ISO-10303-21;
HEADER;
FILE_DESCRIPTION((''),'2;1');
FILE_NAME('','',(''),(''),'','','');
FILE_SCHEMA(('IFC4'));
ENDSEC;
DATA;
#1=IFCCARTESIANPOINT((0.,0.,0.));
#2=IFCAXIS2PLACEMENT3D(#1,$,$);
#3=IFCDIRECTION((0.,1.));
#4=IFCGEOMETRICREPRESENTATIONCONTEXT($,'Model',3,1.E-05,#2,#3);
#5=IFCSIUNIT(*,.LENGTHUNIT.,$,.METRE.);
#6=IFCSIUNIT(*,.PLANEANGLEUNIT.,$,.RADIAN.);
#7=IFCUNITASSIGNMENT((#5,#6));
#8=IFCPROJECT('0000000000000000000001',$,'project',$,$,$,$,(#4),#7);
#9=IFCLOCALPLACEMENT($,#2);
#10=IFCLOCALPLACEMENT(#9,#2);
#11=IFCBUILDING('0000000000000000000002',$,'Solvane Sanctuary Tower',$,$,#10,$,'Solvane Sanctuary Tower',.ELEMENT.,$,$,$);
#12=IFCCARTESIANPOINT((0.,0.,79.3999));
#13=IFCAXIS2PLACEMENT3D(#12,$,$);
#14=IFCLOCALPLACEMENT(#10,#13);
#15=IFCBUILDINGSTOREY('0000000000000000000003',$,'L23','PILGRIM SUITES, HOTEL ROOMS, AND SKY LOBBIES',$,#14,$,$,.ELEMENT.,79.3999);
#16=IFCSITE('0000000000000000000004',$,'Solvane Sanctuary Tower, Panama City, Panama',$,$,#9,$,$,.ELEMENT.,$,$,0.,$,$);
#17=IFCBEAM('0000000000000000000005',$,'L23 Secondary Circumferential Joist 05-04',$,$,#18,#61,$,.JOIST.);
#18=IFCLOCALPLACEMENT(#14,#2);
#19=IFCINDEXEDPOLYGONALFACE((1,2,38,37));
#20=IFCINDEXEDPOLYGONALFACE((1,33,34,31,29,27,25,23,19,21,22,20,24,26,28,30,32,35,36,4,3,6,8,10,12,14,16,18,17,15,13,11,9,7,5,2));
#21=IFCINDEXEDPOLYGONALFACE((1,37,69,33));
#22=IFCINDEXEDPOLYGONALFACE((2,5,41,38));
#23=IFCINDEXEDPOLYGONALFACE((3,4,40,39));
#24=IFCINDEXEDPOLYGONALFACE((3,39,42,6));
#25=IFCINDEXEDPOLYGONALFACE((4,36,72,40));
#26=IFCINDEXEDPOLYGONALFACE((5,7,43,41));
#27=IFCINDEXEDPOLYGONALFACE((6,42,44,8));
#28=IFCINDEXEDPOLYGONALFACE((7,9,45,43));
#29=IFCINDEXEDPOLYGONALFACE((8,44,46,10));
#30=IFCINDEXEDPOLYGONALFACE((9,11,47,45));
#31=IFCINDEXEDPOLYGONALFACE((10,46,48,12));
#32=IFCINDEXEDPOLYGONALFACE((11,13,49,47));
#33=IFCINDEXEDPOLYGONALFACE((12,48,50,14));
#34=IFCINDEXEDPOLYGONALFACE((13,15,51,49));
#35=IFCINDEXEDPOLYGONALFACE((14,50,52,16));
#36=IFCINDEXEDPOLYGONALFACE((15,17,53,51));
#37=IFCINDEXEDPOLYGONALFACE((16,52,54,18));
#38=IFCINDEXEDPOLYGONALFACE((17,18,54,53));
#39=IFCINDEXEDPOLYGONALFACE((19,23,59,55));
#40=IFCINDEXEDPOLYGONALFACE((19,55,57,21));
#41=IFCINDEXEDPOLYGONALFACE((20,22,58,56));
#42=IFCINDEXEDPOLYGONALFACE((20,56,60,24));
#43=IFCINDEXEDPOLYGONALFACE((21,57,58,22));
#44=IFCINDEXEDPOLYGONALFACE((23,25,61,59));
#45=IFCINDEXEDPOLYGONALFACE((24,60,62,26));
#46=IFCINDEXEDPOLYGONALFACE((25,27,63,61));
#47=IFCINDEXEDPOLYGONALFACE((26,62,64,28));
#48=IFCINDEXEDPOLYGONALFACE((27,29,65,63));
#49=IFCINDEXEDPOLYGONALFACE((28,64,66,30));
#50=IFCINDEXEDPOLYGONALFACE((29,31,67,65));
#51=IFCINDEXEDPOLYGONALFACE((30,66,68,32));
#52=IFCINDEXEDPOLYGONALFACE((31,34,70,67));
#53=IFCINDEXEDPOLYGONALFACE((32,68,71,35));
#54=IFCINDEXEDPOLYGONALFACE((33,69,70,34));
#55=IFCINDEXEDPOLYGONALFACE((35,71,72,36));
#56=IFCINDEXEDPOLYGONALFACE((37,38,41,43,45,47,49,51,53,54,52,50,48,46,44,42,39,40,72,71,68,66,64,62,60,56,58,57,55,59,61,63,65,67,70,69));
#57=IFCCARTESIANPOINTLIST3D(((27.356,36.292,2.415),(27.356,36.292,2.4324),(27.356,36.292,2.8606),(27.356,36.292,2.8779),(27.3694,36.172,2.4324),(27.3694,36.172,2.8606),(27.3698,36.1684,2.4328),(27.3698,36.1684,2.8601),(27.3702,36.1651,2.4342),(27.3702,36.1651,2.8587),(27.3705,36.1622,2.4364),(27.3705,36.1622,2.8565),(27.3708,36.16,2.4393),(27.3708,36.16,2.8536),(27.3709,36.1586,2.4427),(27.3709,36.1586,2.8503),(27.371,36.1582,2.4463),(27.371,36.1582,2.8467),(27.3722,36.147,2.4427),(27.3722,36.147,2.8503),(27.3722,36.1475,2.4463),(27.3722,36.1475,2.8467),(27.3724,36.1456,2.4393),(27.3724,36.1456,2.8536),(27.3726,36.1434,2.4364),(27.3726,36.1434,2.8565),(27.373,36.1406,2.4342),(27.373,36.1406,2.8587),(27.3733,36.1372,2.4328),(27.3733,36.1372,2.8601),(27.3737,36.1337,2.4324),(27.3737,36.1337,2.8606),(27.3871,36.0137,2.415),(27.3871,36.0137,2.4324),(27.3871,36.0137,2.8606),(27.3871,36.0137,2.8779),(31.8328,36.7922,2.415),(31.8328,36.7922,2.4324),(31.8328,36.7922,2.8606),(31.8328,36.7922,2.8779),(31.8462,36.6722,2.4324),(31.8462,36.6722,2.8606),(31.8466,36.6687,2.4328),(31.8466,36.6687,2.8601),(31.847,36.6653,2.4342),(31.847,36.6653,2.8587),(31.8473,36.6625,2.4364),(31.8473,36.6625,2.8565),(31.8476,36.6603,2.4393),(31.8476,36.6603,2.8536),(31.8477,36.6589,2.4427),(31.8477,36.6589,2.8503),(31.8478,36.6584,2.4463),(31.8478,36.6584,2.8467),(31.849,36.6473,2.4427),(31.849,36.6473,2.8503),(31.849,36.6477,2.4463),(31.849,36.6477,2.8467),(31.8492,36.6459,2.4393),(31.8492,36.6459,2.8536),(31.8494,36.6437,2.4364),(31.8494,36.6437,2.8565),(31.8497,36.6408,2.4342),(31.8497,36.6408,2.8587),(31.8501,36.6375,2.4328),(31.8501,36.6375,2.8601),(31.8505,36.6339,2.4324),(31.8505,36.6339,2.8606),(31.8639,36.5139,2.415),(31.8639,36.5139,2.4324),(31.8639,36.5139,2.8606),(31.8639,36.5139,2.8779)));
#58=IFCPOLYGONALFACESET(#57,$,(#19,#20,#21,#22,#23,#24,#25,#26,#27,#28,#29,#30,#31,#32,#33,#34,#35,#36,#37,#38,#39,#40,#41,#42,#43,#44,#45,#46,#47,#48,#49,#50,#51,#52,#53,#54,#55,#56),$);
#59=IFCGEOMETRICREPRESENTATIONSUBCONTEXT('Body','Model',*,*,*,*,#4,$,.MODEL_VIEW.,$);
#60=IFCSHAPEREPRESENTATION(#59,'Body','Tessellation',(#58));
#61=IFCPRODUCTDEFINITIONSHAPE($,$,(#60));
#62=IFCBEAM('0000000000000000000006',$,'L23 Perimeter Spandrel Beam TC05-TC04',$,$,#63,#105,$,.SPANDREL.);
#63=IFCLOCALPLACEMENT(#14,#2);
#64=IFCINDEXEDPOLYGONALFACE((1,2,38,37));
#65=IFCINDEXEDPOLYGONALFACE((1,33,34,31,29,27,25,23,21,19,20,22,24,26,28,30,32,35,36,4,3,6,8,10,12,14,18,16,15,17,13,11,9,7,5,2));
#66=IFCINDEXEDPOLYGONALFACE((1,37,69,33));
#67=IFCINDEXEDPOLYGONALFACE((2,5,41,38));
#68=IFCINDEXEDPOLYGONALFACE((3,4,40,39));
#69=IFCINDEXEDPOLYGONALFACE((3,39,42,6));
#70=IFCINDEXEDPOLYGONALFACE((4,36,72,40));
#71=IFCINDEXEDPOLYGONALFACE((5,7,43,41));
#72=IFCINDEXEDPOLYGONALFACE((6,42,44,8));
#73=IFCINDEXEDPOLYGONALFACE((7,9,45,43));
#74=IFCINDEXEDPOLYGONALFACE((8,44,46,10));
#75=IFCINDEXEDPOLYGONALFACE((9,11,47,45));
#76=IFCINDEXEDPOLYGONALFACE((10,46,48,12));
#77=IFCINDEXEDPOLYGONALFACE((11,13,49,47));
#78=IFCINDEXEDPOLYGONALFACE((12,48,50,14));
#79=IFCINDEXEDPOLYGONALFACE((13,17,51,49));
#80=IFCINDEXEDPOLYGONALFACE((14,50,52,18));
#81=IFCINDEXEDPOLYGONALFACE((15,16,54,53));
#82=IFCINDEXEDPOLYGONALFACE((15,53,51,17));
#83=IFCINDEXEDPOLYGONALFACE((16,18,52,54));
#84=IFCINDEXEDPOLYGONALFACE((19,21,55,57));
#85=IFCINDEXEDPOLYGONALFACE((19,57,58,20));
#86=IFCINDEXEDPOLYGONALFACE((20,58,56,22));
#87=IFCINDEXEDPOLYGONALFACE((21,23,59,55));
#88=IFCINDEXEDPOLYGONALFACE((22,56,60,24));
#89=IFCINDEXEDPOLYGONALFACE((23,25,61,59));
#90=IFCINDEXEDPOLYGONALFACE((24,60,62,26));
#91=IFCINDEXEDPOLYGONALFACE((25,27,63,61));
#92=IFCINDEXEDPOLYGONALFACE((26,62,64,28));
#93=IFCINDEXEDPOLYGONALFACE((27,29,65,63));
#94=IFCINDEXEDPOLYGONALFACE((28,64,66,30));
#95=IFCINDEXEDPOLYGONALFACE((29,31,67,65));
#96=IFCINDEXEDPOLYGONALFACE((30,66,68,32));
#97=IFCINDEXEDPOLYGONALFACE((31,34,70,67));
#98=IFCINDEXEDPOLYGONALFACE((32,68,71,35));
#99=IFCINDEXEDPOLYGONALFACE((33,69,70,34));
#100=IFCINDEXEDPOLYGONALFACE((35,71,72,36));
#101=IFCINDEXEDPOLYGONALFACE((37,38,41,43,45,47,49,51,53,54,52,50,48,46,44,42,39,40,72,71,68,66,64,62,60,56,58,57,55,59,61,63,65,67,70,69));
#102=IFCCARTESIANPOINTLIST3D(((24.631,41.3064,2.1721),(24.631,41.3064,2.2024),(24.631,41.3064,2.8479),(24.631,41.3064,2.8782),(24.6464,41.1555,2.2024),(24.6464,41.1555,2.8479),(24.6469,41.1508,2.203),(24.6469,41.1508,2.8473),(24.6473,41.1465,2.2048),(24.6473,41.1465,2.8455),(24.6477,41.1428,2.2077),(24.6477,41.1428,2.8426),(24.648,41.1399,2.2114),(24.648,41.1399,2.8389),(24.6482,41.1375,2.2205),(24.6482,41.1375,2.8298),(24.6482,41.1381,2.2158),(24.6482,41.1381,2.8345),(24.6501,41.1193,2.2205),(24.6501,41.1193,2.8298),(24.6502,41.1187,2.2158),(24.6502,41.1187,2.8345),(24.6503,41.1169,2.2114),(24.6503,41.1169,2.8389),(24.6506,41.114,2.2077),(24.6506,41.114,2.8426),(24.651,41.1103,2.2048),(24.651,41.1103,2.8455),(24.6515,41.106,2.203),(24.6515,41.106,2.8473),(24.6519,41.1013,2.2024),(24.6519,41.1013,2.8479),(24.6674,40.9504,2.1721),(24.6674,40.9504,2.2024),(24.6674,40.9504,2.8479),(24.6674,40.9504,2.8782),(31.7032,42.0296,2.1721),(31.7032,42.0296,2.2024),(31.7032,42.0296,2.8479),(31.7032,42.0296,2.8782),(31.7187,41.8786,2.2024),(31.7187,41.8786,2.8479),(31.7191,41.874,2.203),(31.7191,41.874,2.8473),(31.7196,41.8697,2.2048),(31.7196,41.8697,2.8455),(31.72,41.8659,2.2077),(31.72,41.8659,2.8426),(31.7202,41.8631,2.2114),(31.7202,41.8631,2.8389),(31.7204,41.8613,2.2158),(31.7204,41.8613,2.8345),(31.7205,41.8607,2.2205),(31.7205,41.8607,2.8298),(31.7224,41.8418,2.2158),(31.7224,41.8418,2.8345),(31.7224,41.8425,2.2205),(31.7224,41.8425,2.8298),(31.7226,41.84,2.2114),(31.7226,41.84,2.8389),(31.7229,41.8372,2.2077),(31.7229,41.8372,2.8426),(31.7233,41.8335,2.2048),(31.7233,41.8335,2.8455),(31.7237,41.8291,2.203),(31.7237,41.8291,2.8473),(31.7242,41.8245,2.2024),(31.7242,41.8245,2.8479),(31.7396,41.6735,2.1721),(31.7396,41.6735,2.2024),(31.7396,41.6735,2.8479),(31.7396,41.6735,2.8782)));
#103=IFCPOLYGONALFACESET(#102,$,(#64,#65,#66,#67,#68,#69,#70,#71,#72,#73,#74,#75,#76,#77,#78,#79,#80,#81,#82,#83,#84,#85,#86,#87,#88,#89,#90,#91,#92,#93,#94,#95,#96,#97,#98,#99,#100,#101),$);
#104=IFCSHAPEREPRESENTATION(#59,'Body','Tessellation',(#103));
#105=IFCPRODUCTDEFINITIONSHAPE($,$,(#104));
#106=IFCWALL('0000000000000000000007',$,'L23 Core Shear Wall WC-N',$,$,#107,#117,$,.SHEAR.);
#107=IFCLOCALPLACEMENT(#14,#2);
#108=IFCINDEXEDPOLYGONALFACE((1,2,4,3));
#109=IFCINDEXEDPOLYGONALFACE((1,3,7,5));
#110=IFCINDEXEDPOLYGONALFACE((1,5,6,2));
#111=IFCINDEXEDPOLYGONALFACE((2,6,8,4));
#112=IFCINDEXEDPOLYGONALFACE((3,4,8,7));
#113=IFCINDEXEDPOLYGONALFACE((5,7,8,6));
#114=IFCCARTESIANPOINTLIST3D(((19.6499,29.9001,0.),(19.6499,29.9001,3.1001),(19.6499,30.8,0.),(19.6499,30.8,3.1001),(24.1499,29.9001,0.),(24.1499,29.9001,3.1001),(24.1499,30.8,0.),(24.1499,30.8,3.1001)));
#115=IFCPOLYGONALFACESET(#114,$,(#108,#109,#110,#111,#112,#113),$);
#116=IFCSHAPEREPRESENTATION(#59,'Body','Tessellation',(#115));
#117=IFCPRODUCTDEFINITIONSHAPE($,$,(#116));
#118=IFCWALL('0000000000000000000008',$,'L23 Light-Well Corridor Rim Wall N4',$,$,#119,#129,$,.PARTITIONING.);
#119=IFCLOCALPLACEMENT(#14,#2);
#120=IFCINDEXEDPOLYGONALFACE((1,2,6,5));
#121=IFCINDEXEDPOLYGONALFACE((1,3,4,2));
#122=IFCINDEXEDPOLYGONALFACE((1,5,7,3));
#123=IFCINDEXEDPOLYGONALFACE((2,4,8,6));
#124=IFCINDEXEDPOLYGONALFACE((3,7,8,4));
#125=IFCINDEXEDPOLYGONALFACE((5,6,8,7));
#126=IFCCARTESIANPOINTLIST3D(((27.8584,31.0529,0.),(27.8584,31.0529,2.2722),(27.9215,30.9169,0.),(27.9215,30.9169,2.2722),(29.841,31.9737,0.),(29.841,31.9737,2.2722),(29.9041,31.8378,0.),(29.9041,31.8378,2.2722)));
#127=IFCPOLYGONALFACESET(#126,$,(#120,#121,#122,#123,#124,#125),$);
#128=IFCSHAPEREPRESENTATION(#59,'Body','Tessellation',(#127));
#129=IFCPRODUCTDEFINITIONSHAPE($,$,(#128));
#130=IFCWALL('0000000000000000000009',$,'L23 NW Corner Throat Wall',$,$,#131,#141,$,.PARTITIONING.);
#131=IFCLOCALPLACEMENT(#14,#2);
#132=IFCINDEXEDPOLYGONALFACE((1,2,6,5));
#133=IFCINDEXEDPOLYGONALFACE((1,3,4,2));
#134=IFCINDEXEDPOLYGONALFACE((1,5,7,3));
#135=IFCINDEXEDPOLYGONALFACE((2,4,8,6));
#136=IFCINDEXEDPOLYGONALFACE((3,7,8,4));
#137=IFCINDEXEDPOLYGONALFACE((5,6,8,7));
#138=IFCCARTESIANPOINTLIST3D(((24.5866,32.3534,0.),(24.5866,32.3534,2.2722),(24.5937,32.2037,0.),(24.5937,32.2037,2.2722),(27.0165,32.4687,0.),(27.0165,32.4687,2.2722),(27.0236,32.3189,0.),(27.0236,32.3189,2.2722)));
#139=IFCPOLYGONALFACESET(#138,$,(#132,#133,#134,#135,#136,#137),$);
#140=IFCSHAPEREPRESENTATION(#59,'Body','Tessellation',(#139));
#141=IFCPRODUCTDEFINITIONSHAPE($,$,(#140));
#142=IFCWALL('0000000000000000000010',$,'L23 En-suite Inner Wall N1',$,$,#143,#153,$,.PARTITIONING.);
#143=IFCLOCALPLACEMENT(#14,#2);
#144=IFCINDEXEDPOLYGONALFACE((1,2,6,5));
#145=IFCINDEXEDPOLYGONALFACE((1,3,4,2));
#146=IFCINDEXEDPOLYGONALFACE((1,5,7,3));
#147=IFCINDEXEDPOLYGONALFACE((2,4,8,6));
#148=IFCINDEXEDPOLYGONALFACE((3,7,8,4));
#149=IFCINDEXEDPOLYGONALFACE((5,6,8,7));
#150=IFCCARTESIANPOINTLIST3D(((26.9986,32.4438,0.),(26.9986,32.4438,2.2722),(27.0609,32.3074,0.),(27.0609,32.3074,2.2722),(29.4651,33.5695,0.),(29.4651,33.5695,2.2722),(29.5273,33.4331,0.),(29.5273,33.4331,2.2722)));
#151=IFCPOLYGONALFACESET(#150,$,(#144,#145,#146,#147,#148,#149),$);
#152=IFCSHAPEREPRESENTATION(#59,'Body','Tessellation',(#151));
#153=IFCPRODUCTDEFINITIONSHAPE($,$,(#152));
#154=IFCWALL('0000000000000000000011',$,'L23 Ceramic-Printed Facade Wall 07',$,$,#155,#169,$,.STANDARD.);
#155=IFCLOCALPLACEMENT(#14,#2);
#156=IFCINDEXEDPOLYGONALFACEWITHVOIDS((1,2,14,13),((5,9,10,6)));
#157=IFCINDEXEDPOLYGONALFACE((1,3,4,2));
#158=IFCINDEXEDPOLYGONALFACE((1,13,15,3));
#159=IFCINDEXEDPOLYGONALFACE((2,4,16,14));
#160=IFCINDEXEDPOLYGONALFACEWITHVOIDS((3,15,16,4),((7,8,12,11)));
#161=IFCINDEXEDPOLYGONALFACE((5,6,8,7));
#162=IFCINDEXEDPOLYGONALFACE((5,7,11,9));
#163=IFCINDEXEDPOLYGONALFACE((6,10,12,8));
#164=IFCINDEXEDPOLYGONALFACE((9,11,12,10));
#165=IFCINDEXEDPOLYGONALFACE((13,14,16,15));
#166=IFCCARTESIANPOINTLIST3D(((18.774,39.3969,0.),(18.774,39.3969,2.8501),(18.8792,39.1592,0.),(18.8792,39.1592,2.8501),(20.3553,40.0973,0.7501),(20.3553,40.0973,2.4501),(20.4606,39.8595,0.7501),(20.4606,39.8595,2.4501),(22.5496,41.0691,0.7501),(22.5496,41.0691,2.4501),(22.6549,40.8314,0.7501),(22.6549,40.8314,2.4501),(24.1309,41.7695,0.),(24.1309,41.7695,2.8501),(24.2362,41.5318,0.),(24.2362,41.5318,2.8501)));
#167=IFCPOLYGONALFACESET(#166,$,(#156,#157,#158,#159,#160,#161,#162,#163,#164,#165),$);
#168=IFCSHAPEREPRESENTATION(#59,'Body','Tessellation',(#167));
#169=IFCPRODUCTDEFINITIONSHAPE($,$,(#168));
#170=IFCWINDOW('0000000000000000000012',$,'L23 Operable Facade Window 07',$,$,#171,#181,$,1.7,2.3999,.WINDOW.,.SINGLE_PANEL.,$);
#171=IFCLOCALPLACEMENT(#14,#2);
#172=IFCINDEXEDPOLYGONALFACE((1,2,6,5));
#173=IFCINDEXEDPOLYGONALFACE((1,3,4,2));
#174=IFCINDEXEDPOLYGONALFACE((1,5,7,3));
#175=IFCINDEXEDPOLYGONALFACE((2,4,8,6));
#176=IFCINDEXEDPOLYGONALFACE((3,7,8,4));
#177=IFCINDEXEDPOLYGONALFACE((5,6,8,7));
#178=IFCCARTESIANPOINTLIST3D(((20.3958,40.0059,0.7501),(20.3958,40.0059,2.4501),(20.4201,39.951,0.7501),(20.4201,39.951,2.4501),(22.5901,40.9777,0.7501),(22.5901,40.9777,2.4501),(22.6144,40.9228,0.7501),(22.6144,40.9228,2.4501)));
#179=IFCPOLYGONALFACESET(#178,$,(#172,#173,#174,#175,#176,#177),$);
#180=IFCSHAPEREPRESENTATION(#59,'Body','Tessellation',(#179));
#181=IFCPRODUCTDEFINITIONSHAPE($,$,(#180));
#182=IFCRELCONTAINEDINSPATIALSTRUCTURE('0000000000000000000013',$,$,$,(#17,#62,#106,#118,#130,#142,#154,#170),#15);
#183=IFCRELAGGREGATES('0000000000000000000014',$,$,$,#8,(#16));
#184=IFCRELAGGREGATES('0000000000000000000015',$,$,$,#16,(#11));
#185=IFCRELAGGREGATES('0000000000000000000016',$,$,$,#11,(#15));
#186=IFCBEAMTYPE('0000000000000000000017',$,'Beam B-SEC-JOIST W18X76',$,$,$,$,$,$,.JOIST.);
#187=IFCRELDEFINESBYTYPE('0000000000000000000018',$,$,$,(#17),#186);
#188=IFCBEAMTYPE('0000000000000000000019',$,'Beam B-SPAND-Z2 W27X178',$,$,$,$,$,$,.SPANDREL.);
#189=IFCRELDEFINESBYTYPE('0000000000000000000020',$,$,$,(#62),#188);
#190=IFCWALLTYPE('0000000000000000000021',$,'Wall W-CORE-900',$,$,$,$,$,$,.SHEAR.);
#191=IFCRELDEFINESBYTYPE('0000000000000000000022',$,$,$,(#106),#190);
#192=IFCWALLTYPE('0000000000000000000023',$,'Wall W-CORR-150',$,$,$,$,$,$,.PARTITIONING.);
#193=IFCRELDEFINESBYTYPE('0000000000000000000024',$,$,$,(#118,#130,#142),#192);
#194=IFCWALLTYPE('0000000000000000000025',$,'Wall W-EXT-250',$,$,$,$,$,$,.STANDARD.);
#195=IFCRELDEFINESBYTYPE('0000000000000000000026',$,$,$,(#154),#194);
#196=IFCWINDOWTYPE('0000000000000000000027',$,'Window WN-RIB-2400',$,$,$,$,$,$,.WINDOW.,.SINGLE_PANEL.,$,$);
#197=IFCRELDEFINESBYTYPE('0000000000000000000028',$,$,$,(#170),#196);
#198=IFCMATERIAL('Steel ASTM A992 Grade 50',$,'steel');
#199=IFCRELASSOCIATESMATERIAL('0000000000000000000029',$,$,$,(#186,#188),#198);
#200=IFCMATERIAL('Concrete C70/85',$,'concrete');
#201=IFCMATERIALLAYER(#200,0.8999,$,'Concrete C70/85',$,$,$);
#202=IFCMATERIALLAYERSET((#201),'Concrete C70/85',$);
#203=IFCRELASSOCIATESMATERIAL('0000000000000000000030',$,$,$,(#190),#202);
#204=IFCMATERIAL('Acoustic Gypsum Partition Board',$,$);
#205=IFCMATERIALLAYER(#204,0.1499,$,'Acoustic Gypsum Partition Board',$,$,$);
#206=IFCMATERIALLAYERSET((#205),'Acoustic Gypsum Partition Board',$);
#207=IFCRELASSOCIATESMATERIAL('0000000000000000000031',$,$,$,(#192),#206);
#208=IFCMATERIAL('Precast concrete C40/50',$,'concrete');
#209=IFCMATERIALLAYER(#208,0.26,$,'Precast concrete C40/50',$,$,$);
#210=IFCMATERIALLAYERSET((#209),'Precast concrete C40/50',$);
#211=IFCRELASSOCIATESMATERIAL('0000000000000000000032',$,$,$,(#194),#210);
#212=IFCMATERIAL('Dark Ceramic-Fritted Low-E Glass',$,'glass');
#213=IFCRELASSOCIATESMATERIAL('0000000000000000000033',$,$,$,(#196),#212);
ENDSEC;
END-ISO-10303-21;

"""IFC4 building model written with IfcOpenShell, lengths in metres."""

from ifc_helpers import new_model, si_unit, direction, frame, frame_2d, origin, origin_2d, place, context, subcontext, project, spatial, rectangle, i_section, extrude, material, layer, layer_set, material_profile, profile_set, type_object, element, fill, save


model = new_model("IFC4")

# Units and contexts
model_context = context("Model", 3, precision=1e-05, world=origin(), true_north=direction((0.0, 1.0)))
body_context = subcontext(model_context, "Body", "Model", "MODEL_VIEW")
ifc_project = project(units=[si_unit("LENGTHUNIT", "METRE"), si_unit("PLANEANGLEUNIT", "RADIAN")], contexts=[model_context])

# Site, building, storey
site_placement = place(None, origin())
site = spatial("IfcSite", under=ifc_project, at=site_placement, Name="Solvane Sanctuary Tower, Panama City, Panama", CompositionType="ELEMENT", RefElevation=0.0)
building_placement = place(site_placement, origin())
building = spatial("IfcBuilding", under=site, at=building_placement, Name="Solvane Sanctuary Tower", LongName="Solvane Sanctuary Tower", CompositionType="ELEMENT")
storey_placement = place(building_placement, frame((0.0, 0.0, 79.3999)))
storey = spatial("IfcBuildingStorey", under=building, at=storey_placement, Name="L23", Description="PILGRIM SUITES, HOTEL ROOMS, AND SKY LOBBIES", CompositionType="ELEMENT", Elevation=79.3999)

# Shared definitions
ifc_material_1 = material(Name="Concrete C70/85", Category="concrete")

# Beams
ifc_material_2 = material(Name="Steel ASTM A992 Grade 50", Category="steel")
ifc_material_profile_1 = material_profile(ifc_material_2, i_section(OverallWidth=0.28, OverallDepth=0.4629, WebThickness=0.0107, FlangeThickness=0.0173, FilletRadius=0.0139, at=origin_2d()), Name="W18X76")
ifc_profile_set_1 = profile_set([ifc_material_profile_1], Name="Steel ASTM A992 Grade 50")
beam_type_1 = type_object("IfcBeamType", Name="Beam B-SEC-JOIST W18X76", PredefinedType="JOIST", material=ifc_profile_set_1)
beam_1_placement = place(storey_placement, frame((27.3716, 36.1528, 2.6465), z_axis=(0.993815, 0.11105, 0.0), x_axis=(-0.11105, 0.993815, 0.0)))
element("IfcBeam", 1, at=beam_1_placement, inside=storey, type_object=beam_type_1, Name="L23 Secondary Circumferential Joist 05-04", PredefinedType="JOIST", context=body_context, shape_type="SweptSolid", body=[
    extrude(i_section(OverallWidth=0.28, OverallDepth=0.4629, WebThickness=0.0107, FlangeThickness=0.0173, FilletRadius=0.0139, at=origin_2d()), origin(), (0.0, 0.0, 1.0), 4.5046),
])
ifc_material_profile_2 = material_profile(ifc_material_2, i_section(OverallWidth=0.3579, OverallDepth=0.7061, WebThickness=0.0183, FlangeThickness=0.0303, FilletRadius=0.0181, at=origin_2d()), Name="W27X178")
ifc_profile_set_2 = profile_set([ifc_material_profile_2], Name="Steel ASTM A992 Grade 50")
beam_type_2 = type_object("IfcBeamType", Name="Beam B-SPAND-Z2 W27X178", PredefinedType="SPANDREL", material=ifc_profile_set_2)
beam_2_placement = place(storey_placement, frame((24.6492, 41.1284, 2.5251), z_axis=(0.994813, 0.10172, 0.0), x_axis=(-0.10172, 0.994813, 0.0)))
element("IfcBeam", 2, at=beam_2_placement, inside=storey, type_object=beam_type_2, Name="L23 Perimeter Spandrel Beam TC05-TC04", PredefinedType="SPANDREL", context=body_context, shape_type="SweptSolid", body=[
    extrude(i_section(OverallWidth=0.3579, OverallDepth=0.7061, WebThickness=0.0183, FlangeThickness=0.0303, FilletRadius=0.0181, at=origin_2d()), origin(), (0.0, 0.0, 1.0), 7.1091),
])

# Walls
ifc_layer_1 = layer(ifc_material_1, 0.8999, Name="Concrete C70/85")
ifc_layer_set_1 = layer_set([ifc_layer_1], Name="Concrete C70/85")
wall_type_1 = type_object("IfcWallType", Name="Wall W-CORE-900", PredefinedType="SHEAR", material=ifc_layer_set_1)
wall_1_placement = place(storey_placement, frame((19.6499, 30.3501, 0.0), z_axis=(0.0, 0.0, 1.0), x_axis=(1.0, 0.0, 0.0)))
element("IfcWall", 3, at=wall_1_placement, inside=storey, type_object=wall_type_1, Name="L23 Core Shear Wall WC-N", PredefinedType="SHEAR", context=body_context, shape_type="SweptSolid", body=[
    extrude(rectangle(XDim=4.5, YDim=0.8999, at=frame_2d((2.25, 0.0))), origin(), (0.0, 0.0, 1.0), 3.1001),
])
ifc_material_3 = material(Name="Acoustic Gypsum Partition Board")
ifc_layer_2 = layer(ifc_material_3, 0.1499, Name="Acoustic Gypsum Partition Board")
ifc_layer_set_2 = layer_set([ifc_layer_2], Name="Acoustic Gypsum Partition Board")
wall_type_2 = type_object("IfcWallType", Name="Wall W-CORR-150", PredefinedType="PARTITIONING", material=ifc_layer_set_2)
wall_2_placement = place(storey_placement, frame((29.8726, 31.9058, 0.0), z_axis=(0.0, 0.0, 1.0), x_axis=(-0.906943, -0.421252, 0.0)))
element("IfcWall", 4, at=wall_2_placement, inside=storey, type_object=wall_type_2, Name="L23 Light-Well Corridor Rim Wall N4", PredefinedType="PARTITIONING", context=body_context, shape_type="SweptSolid", body=[
    extrude(rectangle(XDim=2.186, YDim=0.1499, at=frame_2d((1.093, 0.0))), origin(), (0.0, 0.0, 1.0), 2.2722),
])
wall_3_placement = place(storey_placement, frame((27.02, 32.3938, 0.0), z_axis=(0.0, 0.0, 1.0), x_axis=(-0.998877, -0.04737, 0.0)))
element("IfcWall", 5, at=wall_3_placement, inside=storey, type_object=wall_type_2, Name="L23 NW Corner Throat Wall", PredefinedType="PARTITIONING", context=body_context, shape_type="SweptSolid", body=[
    extrude(rectangle(XDim=2.4326, YDim=0.1499, at=frame_2d((1.2163, 0.0))), origin(), (0.0, 0.0, 1.0), 2.2722),
])
wall_4_placement = place(storey_placement, frame((29.4961, 33.5012, 0.0), z_axis=(0.0, 0.0, 1.0), x_axis=(-0.90973, -0.4152, 0.0)))
element("IfcWall", 6, at=wall_4_placement, inside=storey, type_object=wall_type_2, Name="L23 En-suite Inner Wall N1", PredefinedType="PARTITIONING", context=body_context, shape_type="SweptSolid", body=[
    extrude(rectangle(XDim=2.7112, YDim=0.1499, at=frame_2d((1.3555, 0.0))), origin(), (0.0, 0.0, 1.0), 2.2722),
])

# Wall, opening, window
ifc_material_4 = material(Name="Precast concrete C40/50", Category="concrete")
ifc_layer_3 = layer(ifc_material_4, 0.26, Name="Precast concrete C40/50")
ifc_layer_set_3 = layer_set([ifc_layer_3], Name="Precast concrete C40/50")
wall_type_3 = type_object("IfcWallType", Name="Wall W-EXT-250", PredefinedType="STANDARD", material=ifc_layer_set_3)
wall_5_placement = place(storey_placement, frame((24.1836, 41.6506, 0.0), z_axis=(0.0, 0.0, 1.0), x_axis=(-0.914337, -0.404955, 0.0)))
wall_5 = element("IfcWall", 7, at=wall_5_placement, inside=storey, type_object=wall_type_3, Name="L23 Ceramic-Printed Facade Wall 07", PredefinedType="STANDARD", context=body_context, shape_type="SweptSolid", body=[
    extrude(rectangle(XDim=5.8589, YDim=0.26, at=frame_2d((2.9294, 0.0))), origin(), (0.0, 0.0, 1.0), 2.8501),
])
opening_1_placement = place(wall_5_placement, frame((1.7295, 0.0, 0.75)))
opening_1 = element("IfcOpeningElement", 8, at=opening_1_placement, cuts=wall_5, PredefinedType="OPENING", context=body_context, shape_type="SweptSolid", body=[
    extrude(rectangle(XDim=2.3999, YDim=1.7, at=frame_2d((1.2, 0.8501))), frame((0.0, 0.1399, 0.0), z_axis=(0.0, -1.0, 0.0), x_axis=(1.0, 0.0, 0.0)), (0.0, 0.0, 1.0), 0.28),
])
ifc_material_5 = material(Name="Dark Ceramic-Fritted Low-E Glass", Category="glass")
window_type = type_object("IfcWindowType", Name="Window WN-RIB-2400", PartitioningType="SINGLE_PANEL", PredefinedType="WINDOW", material=ifc_material_5)
window_placement = place(opening_1_placement, origin())
window = element("IfcWindow", 9, at=window_placement, inside=storey, type_object=window_type, Name="L23 Operable Facade Window 07", OverallHeight=1.7, OverallWidth=2.3999, PartitioningType="SINGLE_PANEL", PredefinedType="WINDOW", context=body_context, shape_type="SweptSolid", body=[
    extrude(rectangle(XDim=2.3999, YDim=1.7, at=frame_2d((1.2, 0.8501))), frame((0.0, 0.03, 0.0), z_axis=(0.0, -1.0, 0.0), x_axis=(1.0, 0.0, 0.0)), (0.0, 0.0, 1.0), 0.0601),
])
fill(opening_1, window)

save(model, "model.ifc")
